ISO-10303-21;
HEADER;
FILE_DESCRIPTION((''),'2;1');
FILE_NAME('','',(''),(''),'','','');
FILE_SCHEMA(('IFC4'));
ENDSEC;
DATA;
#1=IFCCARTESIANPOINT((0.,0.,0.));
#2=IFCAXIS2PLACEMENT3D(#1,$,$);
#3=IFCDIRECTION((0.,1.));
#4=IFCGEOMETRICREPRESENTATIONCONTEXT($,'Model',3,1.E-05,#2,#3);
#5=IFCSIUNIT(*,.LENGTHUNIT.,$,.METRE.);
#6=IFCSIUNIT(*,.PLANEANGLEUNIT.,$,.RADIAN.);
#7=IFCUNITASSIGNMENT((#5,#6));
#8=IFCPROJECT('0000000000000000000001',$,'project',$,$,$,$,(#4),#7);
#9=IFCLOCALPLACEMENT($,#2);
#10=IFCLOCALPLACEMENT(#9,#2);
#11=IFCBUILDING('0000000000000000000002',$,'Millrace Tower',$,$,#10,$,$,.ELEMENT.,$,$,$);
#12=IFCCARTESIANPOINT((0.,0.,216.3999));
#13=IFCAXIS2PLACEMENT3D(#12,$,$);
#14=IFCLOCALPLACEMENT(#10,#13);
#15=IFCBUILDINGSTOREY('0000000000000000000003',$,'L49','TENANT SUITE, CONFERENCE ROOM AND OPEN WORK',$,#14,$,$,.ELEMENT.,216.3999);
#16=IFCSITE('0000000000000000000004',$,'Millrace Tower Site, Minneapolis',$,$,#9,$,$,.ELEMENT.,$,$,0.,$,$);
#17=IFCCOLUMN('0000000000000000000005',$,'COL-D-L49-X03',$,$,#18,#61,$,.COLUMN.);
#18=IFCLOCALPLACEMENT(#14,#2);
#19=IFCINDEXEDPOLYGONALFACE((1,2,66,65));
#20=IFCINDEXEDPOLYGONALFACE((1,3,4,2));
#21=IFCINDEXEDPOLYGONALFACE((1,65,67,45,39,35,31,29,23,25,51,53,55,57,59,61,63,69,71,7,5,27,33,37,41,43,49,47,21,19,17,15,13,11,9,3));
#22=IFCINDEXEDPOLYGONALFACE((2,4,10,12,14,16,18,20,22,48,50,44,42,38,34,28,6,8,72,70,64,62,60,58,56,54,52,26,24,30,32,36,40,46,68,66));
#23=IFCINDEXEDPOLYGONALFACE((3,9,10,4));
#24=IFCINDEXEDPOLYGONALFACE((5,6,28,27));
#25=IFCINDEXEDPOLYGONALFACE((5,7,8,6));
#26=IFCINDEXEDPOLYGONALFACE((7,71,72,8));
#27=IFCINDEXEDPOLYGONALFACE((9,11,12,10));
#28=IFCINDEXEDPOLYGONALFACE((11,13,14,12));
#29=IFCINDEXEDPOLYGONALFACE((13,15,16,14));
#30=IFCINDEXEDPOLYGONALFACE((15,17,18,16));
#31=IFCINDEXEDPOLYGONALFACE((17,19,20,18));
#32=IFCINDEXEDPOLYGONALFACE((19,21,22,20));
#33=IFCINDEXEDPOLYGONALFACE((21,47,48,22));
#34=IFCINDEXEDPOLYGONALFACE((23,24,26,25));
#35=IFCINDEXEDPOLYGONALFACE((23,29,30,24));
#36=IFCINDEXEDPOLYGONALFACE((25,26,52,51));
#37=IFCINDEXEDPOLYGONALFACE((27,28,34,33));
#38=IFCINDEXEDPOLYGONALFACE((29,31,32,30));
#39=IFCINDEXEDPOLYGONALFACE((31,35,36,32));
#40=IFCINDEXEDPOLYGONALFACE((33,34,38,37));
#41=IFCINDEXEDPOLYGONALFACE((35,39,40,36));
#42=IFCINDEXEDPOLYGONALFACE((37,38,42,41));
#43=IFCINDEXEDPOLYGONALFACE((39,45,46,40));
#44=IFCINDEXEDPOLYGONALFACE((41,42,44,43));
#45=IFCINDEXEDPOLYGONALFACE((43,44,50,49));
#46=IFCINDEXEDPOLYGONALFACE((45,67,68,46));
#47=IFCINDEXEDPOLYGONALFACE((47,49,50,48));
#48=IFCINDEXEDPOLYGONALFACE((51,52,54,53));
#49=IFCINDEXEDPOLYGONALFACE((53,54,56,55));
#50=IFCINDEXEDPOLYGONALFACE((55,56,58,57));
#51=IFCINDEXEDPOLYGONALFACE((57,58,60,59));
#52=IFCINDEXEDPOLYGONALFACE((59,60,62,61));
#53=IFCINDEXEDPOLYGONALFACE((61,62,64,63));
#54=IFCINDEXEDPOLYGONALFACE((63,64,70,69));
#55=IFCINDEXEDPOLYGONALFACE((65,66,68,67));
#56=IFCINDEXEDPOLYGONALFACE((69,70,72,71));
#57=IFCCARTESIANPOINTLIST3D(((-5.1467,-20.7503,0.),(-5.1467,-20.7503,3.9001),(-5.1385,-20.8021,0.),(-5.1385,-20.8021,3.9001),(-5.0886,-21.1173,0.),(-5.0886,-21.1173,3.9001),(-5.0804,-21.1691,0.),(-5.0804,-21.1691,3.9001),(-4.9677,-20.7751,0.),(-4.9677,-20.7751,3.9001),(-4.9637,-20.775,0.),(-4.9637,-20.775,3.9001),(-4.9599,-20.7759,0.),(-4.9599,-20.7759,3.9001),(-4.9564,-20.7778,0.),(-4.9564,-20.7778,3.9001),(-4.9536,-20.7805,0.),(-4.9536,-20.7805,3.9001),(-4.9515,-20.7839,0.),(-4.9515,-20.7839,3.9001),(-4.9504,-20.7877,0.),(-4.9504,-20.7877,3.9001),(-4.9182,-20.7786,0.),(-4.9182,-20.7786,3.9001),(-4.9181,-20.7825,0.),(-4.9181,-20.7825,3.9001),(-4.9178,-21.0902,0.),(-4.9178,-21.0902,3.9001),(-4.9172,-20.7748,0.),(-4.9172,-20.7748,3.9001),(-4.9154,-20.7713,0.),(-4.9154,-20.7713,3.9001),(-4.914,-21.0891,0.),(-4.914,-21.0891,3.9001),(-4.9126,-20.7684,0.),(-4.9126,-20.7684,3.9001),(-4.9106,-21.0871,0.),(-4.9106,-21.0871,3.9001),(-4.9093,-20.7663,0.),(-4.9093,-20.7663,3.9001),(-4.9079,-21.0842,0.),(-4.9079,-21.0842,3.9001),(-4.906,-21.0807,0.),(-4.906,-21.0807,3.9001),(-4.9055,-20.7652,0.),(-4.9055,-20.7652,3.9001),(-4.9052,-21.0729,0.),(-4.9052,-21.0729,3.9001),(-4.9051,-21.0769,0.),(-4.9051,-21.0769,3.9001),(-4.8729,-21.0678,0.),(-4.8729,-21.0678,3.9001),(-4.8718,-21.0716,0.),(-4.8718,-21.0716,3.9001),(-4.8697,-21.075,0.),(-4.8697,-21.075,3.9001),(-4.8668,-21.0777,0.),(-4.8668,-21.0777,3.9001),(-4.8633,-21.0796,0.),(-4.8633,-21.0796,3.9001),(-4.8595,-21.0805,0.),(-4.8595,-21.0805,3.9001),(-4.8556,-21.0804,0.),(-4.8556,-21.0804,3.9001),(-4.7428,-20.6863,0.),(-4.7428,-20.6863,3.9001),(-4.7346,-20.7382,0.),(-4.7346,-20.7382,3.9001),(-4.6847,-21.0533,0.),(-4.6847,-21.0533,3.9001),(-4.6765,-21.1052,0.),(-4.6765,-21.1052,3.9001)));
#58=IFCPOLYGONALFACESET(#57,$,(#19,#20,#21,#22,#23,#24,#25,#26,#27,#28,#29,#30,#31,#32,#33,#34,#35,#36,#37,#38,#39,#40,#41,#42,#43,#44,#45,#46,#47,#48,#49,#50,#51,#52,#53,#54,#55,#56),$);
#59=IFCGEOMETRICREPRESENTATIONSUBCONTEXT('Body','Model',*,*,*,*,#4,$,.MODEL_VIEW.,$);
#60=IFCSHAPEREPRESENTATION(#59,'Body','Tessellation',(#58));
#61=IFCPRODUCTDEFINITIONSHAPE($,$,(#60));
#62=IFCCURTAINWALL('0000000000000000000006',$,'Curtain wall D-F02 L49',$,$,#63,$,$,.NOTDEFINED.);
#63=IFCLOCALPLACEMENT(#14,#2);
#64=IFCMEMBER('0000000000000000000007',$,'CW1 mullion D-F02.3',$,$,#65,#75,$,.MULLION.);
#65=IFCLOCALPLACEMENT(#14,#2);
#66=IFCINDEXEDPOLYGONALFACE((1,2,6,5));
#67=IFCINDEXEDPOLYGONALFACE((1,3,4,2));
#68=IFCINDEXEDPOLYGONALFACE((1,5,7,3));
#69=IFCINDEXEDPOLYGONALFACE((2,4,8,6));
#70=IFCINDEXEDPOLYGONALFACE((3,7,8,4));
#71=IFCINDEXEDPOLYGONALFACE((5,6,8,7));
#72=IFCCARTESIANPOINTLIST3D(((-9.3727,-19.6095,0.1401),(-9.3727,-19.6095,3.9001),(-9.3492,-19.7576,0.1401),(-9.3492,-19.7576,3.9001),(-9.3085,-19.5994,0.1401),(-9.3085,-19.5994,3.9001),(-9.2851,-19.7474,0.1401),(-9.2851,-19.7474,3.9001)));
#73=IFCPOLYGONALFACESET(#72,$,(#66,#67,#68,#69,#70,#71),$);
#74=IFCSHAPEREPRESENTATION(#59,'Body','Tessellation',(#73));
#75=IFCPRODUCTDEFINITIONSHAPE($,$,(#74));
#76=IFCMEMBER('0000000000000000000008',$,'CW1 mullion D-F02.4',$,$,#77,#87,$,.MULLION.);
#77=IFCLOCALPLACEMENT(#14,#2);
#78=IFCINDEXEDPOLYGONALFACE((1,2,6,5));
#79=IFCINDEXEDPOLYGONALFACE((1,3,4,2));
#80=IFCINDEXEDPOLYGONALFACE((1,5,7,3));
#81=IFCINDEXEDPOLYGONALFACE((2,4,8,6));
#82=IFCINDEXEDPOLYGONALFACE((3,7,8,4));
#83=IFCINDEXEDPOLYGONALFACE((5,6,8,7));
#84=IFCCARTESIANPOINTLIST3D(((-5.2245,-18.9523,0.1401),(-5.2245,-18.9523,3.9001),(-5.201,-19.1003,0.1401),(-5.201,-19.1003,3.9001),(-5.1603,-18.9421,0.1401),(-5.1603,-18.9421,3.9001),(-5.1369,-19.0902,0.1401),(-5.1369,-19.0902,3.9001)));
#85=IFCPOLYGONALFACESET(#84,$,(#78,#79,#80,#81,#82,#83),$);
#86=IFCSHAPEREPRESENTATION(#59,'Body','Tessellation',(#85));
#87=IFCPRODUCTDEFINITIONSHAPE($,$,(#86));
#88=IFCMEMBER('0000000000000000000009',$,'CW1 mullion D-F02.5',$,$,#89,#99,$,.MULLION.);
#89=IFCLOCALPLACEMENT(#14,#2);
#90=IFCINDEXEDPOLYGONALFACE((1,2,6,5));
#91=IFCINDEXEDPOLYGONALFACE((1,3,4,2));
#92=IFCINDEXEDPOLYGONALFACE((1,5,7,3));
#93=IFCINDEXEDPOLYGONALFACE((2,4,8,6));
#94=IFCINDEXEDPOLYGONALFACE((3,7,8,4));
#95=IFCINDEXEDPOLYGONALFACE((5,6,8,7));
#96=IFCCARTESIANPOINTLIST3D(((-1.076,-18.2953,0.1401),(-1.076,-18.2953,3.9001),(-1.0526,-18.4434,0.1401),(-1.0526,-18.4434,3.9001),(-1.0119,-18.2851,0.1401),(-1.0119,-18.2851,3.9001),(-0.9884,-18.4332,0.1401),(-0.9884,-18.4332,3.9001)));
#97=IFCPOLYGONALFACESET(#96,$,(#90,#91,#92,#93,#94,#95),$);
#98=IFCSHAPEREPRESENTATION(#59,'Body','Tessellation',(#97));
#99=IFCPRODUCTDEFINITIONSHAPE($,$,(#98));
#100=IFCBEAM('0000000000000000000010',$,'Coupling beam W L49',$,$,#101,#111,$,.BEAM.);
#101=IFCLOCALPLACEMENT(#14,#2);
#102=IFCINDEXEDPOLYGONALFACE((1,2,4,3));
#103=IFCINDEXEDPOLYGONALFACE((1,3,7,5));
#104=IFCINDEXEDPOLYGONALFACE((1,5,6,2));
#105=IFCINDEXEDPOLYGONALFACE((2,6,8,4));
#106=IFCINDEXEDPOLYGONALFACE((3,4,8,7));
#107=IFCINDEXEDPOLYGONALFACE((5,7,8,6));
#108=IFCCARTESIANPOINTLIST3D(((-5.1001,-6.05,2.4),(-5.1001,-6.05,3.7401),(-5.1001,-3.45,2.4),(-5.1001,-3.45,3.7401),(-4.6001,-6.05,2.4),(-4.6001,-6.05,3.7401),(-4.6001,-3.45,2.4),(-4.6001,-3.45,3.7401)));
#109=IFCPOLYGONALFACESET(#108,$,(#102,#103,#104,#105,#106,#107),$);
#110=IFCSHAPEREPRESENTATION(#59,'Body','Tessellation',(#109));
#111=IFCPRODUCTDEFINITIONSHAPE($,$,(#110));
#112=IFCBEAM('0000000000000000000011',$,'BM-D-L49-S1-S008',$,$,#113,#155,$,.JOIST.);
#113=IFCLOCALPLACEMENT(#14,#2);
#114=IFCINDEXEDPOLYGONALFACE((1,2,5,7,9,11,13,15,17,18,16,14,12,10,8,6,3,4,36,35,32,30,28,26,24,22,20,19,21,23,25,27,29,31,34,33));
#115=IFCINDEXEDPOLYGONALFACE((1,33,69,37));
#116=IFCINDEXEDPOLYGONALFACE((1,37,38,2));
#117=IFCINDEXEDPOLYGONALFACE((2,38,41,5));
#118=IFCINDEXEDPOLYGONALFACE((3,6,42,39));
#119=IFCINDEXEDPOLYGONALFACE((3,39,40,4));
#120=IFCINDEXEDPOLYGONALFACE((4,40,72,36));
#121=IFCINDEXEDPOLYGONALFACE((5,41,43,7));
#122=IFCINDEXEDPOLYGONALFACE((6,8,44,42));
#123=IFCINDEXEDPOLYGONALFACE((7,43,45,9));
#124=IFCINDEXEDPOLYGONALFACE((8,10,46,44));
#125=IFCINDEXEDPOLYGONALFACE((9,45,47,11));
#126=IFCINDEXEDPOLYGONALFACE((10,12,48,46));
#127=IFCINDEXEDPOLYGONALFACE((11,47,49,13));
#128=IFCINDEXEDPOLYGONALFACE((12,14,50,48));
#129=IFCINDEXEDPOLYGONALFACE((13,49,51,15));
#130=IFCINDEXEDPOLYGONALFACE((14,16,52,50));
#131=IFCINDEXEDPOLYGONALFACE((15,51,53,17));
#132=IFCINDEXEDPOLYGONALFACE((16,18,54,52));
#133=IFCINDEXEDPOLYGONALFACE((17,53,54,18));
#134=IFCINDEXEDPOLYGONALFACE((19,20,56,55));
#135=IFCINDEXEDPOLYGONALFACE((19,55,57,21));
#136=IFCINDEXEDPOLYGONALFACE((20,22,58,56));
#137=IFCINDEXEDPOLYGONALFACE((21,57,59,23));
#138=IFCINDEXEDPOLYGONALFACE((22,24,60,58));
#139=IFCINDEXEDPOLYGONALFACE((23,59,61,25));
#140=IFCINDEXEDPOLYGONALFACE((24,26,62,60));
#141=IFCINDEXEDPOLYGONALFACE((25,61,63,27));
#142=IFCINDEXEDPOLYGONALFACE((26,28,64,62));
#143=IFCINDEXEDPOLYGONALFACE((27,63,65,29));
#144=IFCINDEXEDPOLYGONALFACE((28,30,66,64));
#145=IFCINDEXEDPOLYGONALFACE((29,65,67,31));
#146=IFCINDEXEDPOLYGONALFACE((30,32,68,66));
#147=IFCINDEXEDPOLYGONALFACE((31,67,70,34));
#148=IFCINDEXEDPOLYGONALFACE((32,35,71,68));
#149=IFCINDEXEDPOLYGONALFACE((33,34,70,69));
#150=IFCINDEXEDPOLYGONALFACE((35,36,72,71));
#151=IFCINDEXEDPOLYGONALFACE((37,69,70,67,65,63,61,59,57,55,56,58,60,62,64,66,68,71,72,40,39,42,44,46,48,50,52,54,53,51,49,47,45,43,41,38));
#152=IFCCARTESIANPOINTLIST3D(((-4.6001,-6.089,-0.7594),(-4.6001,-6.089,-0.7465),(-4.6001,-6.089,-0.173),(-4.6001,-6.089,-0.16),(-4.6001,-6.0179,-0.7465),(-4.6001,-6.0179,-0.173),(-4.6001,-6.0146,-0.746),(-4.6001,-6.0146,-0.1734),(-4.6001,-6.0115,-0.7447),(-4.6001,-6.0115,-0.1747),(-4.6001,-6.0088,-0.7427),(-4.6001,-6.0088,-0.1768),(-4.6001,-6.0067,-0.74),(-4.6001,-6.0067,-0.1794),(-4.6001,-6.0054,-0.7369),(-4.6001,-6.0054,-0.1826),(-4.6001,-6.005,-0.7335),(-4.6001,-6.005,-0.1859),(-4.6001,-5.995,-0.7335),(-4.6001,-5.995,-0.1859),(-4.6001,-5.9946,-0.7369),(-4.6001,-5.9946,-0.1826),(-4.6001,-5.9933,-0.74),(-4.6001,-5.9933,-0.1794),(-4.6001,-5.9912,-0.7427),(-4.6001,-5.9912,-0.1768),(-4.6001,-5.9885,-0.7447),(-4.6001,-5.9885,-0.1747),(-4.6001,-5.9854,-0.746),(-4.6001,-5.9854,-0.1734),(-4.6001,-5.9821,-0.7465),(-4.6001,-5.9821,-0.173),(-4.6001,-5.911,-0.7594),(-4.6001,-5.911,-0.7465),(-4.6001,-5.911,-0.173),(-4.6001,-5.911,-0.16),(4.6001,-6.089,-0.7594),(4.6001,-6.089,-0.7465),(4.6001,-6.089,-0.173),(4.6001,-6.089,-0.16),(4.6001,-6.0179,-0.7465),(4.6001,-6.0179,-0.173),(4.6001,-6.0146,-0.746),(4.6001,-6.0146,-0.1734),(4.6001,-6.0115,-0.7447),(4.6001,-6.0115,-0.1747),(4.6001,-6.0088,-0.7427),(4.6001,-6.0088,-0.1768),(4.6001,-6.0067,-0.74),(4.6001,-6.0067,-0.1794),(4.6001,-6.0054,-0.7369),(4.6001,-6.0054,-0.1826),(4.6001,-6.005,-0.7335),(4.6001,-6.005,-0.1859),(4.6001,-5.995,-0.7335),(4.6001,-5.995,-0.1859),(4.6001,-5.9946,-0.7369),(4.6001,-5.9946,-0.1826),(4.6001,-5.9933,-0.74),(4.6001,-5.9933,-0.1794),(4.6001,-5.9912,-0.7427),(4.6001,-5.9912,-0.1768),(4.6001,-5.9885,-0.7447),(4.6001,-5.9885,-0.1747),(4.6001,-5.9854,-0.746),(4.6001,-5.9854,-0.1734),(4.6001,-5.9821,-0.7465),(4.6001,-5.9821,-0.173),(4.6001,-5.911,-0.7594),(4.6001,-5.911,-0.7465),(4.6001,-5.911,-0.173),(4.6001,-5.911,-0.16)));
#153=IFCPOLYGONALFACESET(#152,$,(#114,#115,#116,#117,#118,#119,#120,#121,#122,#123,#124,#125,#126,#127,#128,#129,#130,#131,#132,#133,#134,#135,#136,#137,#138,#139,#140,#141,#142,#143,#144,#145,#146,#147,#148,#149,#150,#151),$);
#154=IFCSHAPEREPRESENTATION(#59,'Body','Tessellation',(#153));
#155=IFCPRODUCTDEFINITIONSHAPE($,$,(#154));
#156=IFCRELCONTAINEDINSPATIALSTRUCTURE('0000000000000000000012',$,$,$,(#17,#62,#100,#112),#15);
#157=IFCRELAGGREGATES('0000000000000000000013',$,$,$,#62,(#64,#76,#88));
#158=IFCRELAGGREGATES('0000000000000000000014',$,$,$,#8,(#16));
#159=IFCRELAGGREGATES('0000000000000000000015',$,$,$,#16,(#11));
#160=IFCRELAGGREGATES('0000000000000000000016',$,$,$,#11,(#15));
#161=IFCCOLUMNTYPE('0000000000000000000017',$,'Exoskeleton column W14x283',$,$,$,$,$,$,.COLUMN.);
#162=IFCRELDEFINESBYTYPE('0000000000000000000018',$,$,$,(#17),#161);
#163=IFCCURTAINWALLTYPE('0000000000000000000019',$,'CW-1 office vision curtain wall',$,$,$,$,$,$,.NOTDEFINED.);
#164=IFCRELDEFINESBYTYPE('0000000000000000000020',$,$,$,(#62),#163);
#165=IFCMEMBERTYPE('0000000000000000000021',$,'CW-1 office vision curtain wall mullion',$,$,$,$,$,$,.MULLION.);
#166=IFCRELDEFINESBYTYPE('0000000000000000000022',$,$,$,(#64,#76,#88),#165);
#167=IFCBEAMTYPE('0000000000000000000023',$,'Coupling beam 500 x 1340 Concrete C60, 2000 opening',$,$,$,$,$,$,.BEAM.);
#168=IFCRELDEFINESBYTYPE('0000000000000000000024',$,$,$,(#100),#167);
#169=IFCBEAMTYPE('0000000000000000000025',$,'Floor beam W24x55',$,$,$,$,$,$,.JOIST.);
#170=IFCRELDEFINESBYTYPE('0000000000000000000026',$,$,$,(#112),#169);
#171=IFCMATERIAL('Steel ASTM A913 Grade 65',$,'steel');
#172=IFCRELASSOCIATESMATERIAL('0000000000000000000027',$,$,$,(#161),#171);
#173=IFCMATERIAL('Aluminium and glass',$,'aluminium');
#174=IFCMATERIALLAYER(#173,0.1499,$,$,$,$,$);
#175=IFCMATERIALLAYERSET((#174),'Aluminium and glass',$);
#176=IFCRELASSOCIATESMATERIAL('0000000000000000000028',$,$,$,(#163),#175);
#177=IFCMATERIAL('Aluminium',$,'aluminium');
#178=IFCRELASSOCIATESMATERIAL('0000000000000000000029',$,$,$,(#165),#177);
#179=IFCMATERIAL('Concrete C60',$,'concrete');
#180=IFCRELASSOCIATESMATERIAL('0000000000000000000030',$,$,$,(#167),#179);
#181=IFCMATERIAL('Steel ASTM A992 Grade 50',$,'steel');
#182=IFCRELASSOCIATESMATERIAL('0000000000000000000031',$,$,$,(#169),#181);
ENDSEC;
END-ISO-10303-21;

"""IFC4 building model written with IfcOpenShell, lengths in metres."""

from ifc_helpers import new_model, si_unit, direction, frame, origin, origin_2d, place, context, subcontext, project, spatial, rectangle, i_section, extrude, material, layer, layer_set, material_profile, profile_set, type_object, element, aggregate, save


model = new_model("IFC4")

# Units and contexts
model_context = context("Model", 3, precision=1e-05, world=origin(), true_north=direction((0.0, 1.0)))
body_context = subcontext(model_context, "Body", "Model", "MODEL_VIEW")
ifc_project = project(units=[si_unit("LENGTHUNIT", "METRE"), si_unit("PLANEANGLEUNIT", "RADIAN")], contexts=[model_context])

# Site, building, storey
site_placement = place(None, origin())
site = spatial("IfcSite", under=ifc_project, at=site_placement, Name="Millrace Tower Site, Minneapolis", CompositionType="ELEMENT", RefElevation=0.0)
building_placement = place(site_placement, origin())
building = spatial("IfcBuilding", under=site, at=building_placement, Name="Millrace Tower", CompositionType="ELEMENT")
storey_placement = place(building_placement, frame((0.0, 0.0, 216.3999)))
storey = spatial("IfcBuildingStorey", under=building, at=storey_placement, Name="L49", Description="TENANT SUITE, CONFERENCE ROOM AND OPEN WORK", CompositionType="ELEMENT", Elevation=216.3999)

# Column
ifc_material_1 = material(Name="Steel ASTM A913 Grade 65", Category="steel")
ifc_material_profile_1 = material_profile(ifc_material_1, i_section(OverallWidth=0.4089, OverallDepth=0.4241, WebThickness=0.0327, FlangeThickness=0.0525, FilletRadius=0.0151, at=origin_2d()))
ifc_profile_set_1 = profile_set([ifc_material_profile_1], Name="Steel ASTM A913 Grade 65")
column_type = type_object("IfcColumnType", Name="Exoskeleton column W14x283", PredefinedType="COLUMN", material=ifc_profile_set_1)
column_placement = place(storey_placement, frame((-4.9116, -20.9277, 0.0), z_axis=(0.0, 0.0, 1.0), x_axis=(0.987688, 0.156434, 0.0)))
element("IfcColumn", 1, at=column_placement, inside=storey, type_object=column_type, Name="COL-D-L49-X03", PredefinedType="COLUMN", context=body_context, shape_type="SweptSolid", body=[
    extrude(i_section(OverallWidth=0.4089, OverallDepth=0.4241, WebThickness=0.0327, FlangeThickness=0.0525, FilletRadius=0.0151, at=origin_2d()), origin(), (0.0, 0.0, 1.0), 3.9001),
])

# Curtain wall, members
ifc_material_2 = material(Name="Aluminium and glass", Category="aluminium")
ifc_layer_1 = layer(ifc_material_2, 0.1499)
ifc_layer_set_1 = layer_set([ifc_layer_1], Name="Aluminium and glass")
curtain_wall_type = type_object("IfcCurtainWallType", Name="CW-1 office vision curtain wall", PredefinedType="NOTDEFINED", material=ifc_layer_set_1)
curtain_wall_placement = place(storey_placement, origin())
curtain_wall = element("IfcCurtainWall", 2, at=curtain_wall_placement, inside=storey, type_object=curtain_wall_type, Name="Curtain wall D-F02 L49", PredefinedType="NOTDEFINED")
ifc_material_3 = material(Name="Aluminium", Category="aluminium")
ifc_material_profile_2 = material_profile(ifc_material_3, rectangle(XDim=0.0649, YDim=0.1499, at=origin_2d()))
ifc_profile_set_2 = profile_set([ifc_material_profile_2], Name="Aluminium")
member_type = type_object("IfcMemberType", Name="CW-1 office vision curtain wall mullion", PredefinedType="MULLION", material=ifc_profile_set_2)
member_1_placement = place(storey_placement, frame((-9.3289, -19.6785, 0.1401), z_axis=(0.0, 0.0, 1.0), x_axis=(0.987688, 0.156434, 0.0)))
member_1 = element("IfcMember", 3, at=member_1_placement, type_object=member_type, Name="CW1 mullion D-F02.3", PredefinedType="MULLION", context=body_context, shape_type="SweptSolid", body=[
    extrude(rectangle(XDim=0.0649, YDim=0.1499, at=origin_2d()), origin(), (0.0, 0.0, 1.0), 3.76),
])
member_2_placement = place(storey_placement, frame((-5.1807, -19.0212, 0.1401), z_axis=(0.0, 0.0, 1.0), x_axis=(0.987688, 0.156434, 0.0)))
member_2 = element("IfcMember", 4, at=member_2_placement, type_object=member_type, Name="CW1 mullion D-F02.4", PredefinedType="MULLION", context=body_context, shape_type="SweptSolid", body=[
    extrude(rectangle(XDim=0.0649, YDim=0.1499, at=origin_2d()), origin(), (0.0, 0.0, 1.0), 3.76),
])
member_3_placement = place(storey_placement, frame((-1.0322, -18.3643, 0.1401), z_axis=(0.0, 0.0, 1.0), x_axis=(0.987688, 0.156434, 0.0)))
member_3 = element("IfcMember", 5, at=member_3_placement, type_object=member_type, Name="CW1 mullion D-F02.5", PredefinedType="MULLION", context=body_context, shape_type="SweptSolid", body=[
    extrude(rectangle(XDim=0.0649, YDim=0.1499, at=origin_2d()), origin(), (0.0, 0.0, 1.0), 3.76),
])
aggregate(curtain_wall, [member_1, member_2, member_3])

# Beams
ifc_material_4 = material(Name="Concrete C60", Category="concrete")
ifc_material_profile_3 = material_profile(ifc_material_4, rectangle(XDim=0.5, YDim=1.3401, at=origin_2d()))
ifc_profile_set_3 = profile_set([ifc_material_profile_3], Name="Concrete C60")
beam_type_1 = type_object("IfcBeamType", Name="Coupling beam 500 x 1340 Concrete C60, 2000 opening", PredefinedType="BEAM", material=ifc_profile_set_3)
beam_1_placement = place(storey_placement, frame((-4.8501, -6.05, 3.0701), z_axis=(0.0, 1.0, 0.0), x_axis=(-1.0, 0.0, 0.0)))
element("IfcBeam", 6, at=beam_1_placement, inside=storey, type_object=beam_type_1, Name="Coupling beam W L49", PredefinedType="BEAM", context=body_context, shape_type="SweptSolid", body=[
    extrude(rectangle(XDim=0.5, YDim=1.3401, at=origin_2d()), origin(), (0.0, 0.0, 1.0), 2.6001),
])
ifc_material_5 = material(Name="Steel ASTM A992 Grade 50", Category="steel")
ifc_material_profile_4 = material_profile(ifc_material_5, i_section(OverallWidth=0.178, OverallDepth=0.5994, WebThickness=0.01, FlangeThickness=0.0129, FilletRadius=0.0129, at=origin_2d()))
ifc_profile_set_4 = profile_set([ifc_material_profile_4], Name="Steel ASTM A992 Grade 50")
beam_type_2 = type_object("IfcBeamType", Name="Floor beam W24x55", PredefinedType="JOIST", material=ifc_profile_set_4)
beam_2_placement = place(storey_placement, frame((-4.6001, -6.0, -0.4597), z_axis=(1.0, 0.0, 0.0), x_axis=(0.0, 1.0, 0.0)))
element("IfcBeam", 7, at=beam_2_placement, inside=storey, type_object=beam_type_2, Name="BM-D-L49-S1-S008", PredefinedType="JOIST", context=body_context, shape_type="SweptSolid", body=[
    extrude(i_section(OverallWidth=0.178, OverallDepth=0.5994, WebThickness=0.01, FlangeThickness=0.0129, FilletRadius=0.0129, at=origin_2d()), origin(), (0.0, 0.0, 1.0), 9.2002),
])

save(model, "model.ifc")
